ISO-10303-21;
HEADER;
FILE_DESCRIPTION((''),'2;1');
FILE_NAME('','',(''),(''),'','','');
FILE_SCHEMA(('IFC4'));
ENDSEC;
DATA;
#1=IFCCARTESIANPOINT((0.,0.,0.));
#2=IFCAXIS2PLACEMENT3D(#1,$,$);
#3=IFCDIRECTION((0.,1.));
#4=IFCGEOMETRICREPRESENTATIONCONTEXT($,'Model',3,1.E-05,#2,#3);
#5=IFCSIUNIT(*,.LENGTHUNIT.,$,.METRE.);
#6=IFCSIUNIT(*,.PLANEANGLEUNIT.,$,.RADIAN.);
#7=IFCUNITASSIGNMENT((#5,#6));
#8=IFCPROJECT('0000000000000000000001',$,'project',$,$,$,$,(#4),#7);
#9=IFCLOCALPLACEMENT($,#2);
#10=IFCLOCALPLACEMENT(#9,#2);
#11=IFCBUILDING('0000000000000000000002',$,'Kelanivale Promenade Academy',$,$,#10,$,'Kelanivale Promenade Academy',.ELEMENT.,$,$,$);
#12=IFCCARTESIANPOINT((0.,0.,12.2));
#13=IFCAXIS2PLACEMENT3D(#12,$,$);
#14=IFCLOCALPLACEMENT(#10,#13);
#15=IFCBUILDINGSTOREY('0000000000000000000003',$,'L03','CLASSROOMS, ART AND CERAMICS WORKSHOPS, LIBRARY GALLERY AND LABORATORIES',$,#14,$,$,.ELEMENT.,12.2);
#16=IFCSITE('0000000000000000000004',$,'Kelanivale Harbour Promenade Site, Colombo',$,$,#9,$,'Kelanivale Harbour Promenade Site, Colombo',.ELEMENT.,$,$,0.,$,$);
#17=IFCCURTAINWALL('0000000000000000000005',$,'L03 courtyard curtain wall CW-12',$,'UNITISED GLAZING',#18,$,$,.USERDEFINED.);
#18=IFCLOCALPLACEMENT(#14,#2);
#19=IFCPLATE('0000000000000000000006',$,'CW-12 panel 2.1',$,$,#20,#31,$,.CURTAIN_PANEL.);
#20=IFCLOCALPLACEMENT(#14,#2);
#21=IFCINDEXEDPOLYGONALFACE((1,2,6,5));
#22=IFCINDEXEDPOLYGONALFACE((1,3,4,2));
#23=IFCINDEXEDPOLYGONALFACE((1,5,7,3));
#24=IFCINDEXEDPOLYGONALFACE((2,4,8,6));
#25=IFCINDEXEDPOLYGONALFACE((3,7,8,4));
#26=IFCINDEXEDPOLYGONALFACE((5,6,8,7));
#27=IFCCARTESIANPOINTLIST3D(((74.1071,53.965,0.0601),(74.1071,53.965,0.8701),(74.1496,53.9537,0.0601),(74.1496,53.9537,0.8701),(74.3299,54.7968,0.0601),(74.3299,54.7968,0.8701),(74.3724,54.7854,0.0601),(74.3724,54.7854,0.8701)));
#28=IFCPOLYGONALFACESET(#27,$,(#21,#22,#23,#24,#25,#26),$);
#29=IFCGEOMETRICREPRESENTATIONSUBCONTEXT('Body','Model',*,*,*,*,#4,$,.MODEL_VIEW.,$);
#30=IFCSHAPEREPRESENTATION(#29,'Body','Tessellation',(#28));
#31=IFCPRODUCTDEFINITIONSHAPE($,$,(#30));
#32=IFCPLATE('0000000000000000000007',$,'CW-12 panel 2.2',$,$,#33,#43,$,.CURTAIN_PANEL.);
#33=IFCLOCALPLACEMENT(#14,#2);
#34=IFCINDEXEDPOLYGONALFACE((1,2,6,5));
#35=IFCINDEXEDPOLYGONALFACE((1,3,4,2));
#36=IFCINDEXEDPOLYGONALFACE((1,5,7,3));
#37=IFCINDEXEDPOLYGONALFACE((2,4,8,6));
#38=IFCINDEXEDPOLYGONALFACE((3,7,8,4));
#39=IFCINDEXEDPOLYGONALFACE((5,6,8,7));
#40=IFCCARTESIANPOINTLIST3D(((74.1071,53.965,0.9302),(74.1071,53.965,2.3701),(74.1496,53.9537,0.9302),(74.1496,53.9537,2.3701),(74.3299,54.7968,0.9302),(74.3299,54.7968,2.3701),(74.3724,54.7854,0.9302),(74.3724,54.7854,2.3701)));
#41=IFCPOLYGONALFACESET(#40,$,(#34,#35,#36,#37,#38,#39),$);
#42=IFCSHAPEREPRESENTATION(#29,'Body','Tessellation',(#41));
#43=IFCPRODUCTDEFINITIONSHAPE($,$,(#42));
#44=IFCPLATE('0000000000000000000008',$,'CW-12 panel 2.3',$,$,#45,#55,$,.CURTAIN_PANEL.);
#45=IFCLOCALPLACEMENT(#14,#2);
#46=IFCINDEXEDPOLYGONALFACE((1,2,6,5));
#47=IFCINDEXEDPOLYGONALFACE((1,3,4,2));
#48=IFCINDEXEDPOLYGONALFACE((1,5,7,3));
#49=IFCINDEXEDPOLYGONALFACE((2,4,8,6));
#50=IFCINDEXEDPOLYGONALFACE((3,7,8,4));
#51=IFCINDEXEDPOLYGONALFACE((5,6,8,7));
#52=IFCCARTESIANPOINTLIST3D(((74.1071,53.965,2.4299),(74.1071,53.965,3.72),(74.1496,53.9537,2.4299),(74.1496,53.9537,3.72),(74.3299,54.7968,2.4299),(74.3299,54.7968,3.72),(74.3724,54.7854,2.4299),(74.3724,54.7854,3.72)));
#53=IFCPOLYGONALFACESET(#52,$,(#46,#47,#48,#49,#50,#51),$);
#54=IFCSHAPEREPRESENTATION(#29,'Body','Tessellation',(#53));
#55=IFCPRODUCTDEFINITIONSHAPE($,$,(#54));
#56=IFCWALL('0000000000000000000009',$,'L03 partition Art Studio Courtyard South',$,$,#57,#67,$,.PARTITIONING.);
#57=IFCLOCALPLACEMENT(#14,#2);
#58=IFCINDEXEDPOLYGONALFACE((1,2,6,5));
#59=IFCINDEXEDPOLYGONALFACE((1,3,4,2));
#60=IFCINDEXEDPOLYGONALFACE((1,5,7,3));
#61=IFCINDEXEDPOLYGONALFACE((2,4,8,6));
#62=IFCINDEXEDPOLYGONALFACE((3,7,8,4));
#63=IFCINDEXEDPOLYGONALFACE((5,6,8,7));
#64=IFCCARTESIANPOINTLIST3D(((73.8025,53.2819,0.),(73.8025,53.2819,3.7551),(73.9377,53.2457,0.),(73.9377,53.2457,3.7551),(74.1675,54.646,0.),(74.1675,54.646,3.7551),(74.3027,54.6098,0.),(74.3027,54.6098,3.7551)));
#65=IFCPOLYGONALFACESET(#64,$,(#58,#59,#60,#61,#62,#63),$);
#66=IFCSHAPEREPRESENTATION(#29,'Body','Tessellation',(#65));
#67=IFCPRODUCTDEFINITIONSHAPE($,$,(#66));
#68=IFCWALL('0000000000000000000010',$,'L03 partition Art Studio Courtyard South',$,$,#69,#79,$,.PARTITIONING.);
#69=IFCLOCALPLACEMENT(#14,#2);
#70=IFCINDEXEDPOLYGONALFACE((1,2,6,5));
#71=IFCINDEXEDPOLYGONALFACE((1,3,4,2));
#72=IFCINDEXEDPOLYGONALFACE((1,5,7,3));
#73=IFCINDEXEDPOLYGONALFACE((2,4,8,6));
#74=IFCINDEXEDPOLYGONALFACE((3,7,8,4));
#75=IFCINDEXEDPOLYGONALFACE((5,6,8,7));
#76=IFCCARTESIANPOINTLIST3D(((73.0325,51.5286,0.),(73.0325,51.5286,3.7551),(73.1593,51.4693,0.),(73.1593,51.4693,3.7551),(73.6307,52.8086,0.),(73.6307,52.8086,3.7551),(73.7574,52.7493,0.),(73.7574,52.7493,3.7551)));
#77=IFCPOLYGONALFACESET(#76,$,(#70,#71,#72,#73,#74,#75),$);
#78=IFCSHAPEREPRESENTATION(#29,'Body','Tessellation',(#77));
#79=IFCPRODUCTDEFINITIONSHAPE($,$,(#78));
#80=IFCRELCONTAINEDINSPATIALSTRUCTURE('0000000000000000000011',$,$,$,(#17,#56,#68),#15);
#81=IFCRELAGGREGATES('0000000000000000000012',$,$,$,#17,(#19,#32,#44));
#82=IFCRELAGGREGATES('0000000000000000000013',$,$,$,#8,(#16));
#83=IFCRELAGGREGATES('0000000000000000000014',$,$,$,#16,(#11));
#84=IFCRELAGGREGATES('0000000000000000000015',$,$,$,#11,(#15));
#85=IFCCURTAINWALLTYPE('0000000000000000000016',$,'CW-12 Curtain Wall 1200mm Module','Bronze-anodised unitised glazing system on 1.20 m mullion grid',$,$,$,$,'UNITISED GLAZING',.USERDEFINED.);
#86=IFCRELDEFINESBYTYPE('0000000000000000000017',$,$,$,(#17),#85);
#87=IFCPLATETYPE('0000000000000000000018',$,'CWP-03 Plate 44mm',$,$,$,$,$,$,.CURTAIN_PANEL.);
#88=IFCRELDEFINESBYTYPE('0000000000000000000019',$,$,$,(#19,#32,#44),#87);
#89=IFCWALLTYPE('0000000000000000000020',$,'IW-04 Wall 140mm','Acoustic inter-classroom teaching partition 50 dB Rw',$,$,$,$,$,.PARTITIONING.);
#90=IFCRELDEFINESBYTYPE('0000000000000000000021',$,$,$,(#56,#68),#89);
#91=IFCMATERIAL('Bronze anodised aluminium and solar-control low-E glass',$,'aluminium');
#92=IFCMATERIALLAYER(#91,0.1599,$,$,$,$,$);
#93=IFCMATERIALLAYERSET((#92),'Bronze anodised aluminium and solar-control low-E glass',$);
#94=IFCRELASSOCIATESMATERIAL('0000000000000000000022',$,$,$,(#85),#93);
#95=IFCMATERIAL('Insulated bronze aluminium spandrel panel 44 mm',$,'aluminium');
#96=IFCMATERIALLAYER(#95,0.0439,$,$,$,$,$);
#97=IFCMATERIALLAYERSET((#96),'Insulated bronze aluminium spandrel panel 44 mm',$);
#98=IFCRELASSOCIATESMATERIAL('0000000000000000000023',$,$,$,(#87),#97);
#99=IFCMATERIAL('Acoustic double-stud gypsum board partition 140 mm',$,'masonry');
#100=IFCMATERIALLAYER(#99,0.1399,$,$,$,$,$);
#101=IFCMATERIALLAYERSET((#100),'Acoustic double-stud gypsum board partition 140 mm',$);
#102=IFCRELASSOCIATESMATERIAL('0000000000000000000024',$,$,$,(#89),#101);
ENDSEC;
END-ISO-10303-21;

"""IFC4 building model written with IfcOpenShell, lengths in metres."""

from ifc_helpers import new_model, si_unit, direction, frame, frame_2d, origin, origin_2d, place, context, subcontext, project, spatial, rectangle, extrude, material, layer, layer_set, type_object, element, aggregate, save


model = new_model("IFC4")

# Units and contexts
model_context = context("Model", 3, precision=1e-05, world=origin(), true_north=direction((0.0, 1.0)))
body_context = subcontext(model_context, "Body", "Model", "MODEL_VIEW")
ifc_project = project(units=[si_unit("LENGTHUNIT", "METRE"), si_unit("PLANEANGLEUNIT", "RADIAN")], contexts=[model_context])

# Site, building, storey
site_placement = place(None, origin())
site = spatial("IfcSite", under=ifc_project, at=site_placement, Name="Kelanivale Harbour Promenade Site, Colombo", LongName="Kelanivale Harbour Promenade Site, Colombo", CompositionType="ELEMENT", RefElevation=0.0)
building_placement = place(site_placement, origin())
building = spatial("IfcBuilding", under=site, at=building_placement, Name="Kelanivale Promenade Academy", LongName="Kelanivale Promenade Academy", CompositionType="ELEMENT")
storey_placement = place(building_placement, frame((0.0, 0.0, 12.2)))
storey = spatial("IfcBuildingStorey", under=building, at=storey_placement, Name="L03", Description="CLASSROOMS, ART AND CERAMICS WORKSHOPS, LIBRARY GALLERY AND LABORATORIES", CompositionType="ELEMENT", Elevation=12.2)

# Shared definitions
ifc_material_1 = material(Name="Bronze anodised aluminium and solar-control low-E glass", Category="aluminium")

# Curtain wall
ifc_layer_1 = layer(ifc_material_1, 0.1599)
ifc_layer_set_1 = layer_set([ifc_layer_1], Name="Bronze anodised aluminium and solar-control low-E glass")
curtain_wall_type_1 = type_object("IfcCurtainWallType", Name="CW-12 Curtain Wall 1200mm Module", Description="Bronze-anodised unitised glazing system on 1.20 m mullion grid", ElementType="UNITISED GLAZING", PredefinedType="USERDEFINED", material=ifc_layer_set_1)
curtain_wall_1_placement = place(storey_placement, origin())
curtain_wall_1 = element("IfcCurtainWall", 1, at=curtain_wall_1_placement, inside=storey, type_object=curtain_wall_type_1, Name="L03 courtyard curtain wall CW-12", ObjectType="UNITISED GLAZING", PredefinedType="USERDEFINED")

# Plates
ifc_material_2 = material(Name="Insulated bronze aluminium spandrel panel 44 mm", Category="aluminium")
ifc_layer_2 = layer(ifc_material_2, 0.0439)
ifc_layer_set_2 = layer_set([ifc_layer_2], Name="Insulated bronze aluminium spandrel panel 44 mm")
plate_type_1 = type_object("IfcPlateType", Name="CWP-03 Plate 44mm", PredefinedType="CURTAIN_PANEL", material=ifc_layer_set_2)
plate_1_placement = place(storey_placement, frame((74.2397, 54.3752, 0.0601), z_axis=(0.0, 0.0, 1.0), x_axis=(0.258701, 0.965957, 0.0)))
plate_1 = element("IfcPlate", 2, at=plate_1_placement, type_object=plate_type_1, Name="CW-12 panel 2.1", PredefinedType="CURTAIN_PANEL", context=body_context, shape_type="SweptSolid", body=[
    extrude(rectangle(XDim=0.8611, YDim=0.0439, at=origin_2d()), origin(), (0.0, 0.0, 1.0), 0.8101),
])
plate_2_placement = place(storey_placement, frame((74.2397, 54.3752, 0.9302), z_axis=(0.0, 0.0, 1.0), x_axis=(0.258701, 0.965957, 0.0)))
plate_2 = element("IfcPlate", 3, at=plate_2_placement, type_object=plate_type_1, Name="CW-12 panel 2.2", PredefinedType="CURTAIN_PANEL", context=body_context, shape_type="SweptSolid", body=[
    extrude(rectangle(XDim=0.8611, YDim=0.0439, at=origin_2d()), origin(), (0.0, 0.0, 1.0), 1.4399),
])
plate_3_placement = place(storey_placement, frame((74.2397, 54.3752, 2.4299), z_axis=(0.0, 0.0, 1.0), x_axis=(0.258701, 0.965957, 0.0)))
plate_3 = element("IfcPlate", 4, at=plate_3_placement, type_object=plate_type_1, Name="CW-12 panel 2.3", PredefinedType="CURTAIN_PANEL", context=body_context, shape_type="SweptSolid", body=[
    extrude(rectangle(XDim=0.8611, YDim=0.0439, at=origin_2d()), origin(), (0.0, 0.0, 1.0), 1.29),
])
aggregate(curtain_wall_1, [plate_1, plate_2, plate_3])

# Walls
ifc_material_3 = material(Name="Acoustic double-stud gypsum board partition 140 mm", Category="masonry")
ifc_layer_3 = layer(ifc_material_3, 0.1399)
ifc_layer_set_3 = layer_set([ifc_layer_3], Name="Acoustic double-stud gypsum board partition 140 mm")
wall_type = type_object("IfcWallType", Name="IW-04 Wall 140mm", Description="Acoustic inter-classroom teaching partition 50 dB Rw", PredefinedType="PARTITIONING", material=ifc_layer_set_3)
wall_1_placement = place(storey_placement, frame((74.2351, 54.6279, 0.0), z_axis=(0.0, 0.0, 1.0), x_axis=(-0.258491, -0.966014, 0.0)))
element("IfcWall", 5, at=wall_1_placement, inside=storey, type_object=wall_type, Name="L03 partition Art Studio Courtyard South", PredefinedType="PARTITIONING", context=body_context, shape_type="SweptSolid", body=[
    extrude(rectangle(XDim=1.4121, YDim=0.1399, at=frame_2d((0.7061, 0.0))), origin(), (0.0, 0.0, 1.0), 3.7551),
])
wall_2_placement = place(storey_placement, frame((73.6941, 52.7791, 0.0), z_axis=(0.0, 0.0, 1.0), x_axis=(-0.423349, -0.905967, 0.0)))
element("IfcWall", 6, at=wall_2_placement, inside=storey, type_object=wall_type, Name="L03 partition Art Studio Courtyard South", PredefinedType="PARTITIONING", context=body_context, shape_type="SweptSolid", body=[
    extrude(rectangle(XDim=1.4128, YDim=0.1399, at=frame_2d((0.7065, 0.0))), origin(), (0.0, 0.0, 1.0), 3.7551),
])

save(model, "model.ifc")
